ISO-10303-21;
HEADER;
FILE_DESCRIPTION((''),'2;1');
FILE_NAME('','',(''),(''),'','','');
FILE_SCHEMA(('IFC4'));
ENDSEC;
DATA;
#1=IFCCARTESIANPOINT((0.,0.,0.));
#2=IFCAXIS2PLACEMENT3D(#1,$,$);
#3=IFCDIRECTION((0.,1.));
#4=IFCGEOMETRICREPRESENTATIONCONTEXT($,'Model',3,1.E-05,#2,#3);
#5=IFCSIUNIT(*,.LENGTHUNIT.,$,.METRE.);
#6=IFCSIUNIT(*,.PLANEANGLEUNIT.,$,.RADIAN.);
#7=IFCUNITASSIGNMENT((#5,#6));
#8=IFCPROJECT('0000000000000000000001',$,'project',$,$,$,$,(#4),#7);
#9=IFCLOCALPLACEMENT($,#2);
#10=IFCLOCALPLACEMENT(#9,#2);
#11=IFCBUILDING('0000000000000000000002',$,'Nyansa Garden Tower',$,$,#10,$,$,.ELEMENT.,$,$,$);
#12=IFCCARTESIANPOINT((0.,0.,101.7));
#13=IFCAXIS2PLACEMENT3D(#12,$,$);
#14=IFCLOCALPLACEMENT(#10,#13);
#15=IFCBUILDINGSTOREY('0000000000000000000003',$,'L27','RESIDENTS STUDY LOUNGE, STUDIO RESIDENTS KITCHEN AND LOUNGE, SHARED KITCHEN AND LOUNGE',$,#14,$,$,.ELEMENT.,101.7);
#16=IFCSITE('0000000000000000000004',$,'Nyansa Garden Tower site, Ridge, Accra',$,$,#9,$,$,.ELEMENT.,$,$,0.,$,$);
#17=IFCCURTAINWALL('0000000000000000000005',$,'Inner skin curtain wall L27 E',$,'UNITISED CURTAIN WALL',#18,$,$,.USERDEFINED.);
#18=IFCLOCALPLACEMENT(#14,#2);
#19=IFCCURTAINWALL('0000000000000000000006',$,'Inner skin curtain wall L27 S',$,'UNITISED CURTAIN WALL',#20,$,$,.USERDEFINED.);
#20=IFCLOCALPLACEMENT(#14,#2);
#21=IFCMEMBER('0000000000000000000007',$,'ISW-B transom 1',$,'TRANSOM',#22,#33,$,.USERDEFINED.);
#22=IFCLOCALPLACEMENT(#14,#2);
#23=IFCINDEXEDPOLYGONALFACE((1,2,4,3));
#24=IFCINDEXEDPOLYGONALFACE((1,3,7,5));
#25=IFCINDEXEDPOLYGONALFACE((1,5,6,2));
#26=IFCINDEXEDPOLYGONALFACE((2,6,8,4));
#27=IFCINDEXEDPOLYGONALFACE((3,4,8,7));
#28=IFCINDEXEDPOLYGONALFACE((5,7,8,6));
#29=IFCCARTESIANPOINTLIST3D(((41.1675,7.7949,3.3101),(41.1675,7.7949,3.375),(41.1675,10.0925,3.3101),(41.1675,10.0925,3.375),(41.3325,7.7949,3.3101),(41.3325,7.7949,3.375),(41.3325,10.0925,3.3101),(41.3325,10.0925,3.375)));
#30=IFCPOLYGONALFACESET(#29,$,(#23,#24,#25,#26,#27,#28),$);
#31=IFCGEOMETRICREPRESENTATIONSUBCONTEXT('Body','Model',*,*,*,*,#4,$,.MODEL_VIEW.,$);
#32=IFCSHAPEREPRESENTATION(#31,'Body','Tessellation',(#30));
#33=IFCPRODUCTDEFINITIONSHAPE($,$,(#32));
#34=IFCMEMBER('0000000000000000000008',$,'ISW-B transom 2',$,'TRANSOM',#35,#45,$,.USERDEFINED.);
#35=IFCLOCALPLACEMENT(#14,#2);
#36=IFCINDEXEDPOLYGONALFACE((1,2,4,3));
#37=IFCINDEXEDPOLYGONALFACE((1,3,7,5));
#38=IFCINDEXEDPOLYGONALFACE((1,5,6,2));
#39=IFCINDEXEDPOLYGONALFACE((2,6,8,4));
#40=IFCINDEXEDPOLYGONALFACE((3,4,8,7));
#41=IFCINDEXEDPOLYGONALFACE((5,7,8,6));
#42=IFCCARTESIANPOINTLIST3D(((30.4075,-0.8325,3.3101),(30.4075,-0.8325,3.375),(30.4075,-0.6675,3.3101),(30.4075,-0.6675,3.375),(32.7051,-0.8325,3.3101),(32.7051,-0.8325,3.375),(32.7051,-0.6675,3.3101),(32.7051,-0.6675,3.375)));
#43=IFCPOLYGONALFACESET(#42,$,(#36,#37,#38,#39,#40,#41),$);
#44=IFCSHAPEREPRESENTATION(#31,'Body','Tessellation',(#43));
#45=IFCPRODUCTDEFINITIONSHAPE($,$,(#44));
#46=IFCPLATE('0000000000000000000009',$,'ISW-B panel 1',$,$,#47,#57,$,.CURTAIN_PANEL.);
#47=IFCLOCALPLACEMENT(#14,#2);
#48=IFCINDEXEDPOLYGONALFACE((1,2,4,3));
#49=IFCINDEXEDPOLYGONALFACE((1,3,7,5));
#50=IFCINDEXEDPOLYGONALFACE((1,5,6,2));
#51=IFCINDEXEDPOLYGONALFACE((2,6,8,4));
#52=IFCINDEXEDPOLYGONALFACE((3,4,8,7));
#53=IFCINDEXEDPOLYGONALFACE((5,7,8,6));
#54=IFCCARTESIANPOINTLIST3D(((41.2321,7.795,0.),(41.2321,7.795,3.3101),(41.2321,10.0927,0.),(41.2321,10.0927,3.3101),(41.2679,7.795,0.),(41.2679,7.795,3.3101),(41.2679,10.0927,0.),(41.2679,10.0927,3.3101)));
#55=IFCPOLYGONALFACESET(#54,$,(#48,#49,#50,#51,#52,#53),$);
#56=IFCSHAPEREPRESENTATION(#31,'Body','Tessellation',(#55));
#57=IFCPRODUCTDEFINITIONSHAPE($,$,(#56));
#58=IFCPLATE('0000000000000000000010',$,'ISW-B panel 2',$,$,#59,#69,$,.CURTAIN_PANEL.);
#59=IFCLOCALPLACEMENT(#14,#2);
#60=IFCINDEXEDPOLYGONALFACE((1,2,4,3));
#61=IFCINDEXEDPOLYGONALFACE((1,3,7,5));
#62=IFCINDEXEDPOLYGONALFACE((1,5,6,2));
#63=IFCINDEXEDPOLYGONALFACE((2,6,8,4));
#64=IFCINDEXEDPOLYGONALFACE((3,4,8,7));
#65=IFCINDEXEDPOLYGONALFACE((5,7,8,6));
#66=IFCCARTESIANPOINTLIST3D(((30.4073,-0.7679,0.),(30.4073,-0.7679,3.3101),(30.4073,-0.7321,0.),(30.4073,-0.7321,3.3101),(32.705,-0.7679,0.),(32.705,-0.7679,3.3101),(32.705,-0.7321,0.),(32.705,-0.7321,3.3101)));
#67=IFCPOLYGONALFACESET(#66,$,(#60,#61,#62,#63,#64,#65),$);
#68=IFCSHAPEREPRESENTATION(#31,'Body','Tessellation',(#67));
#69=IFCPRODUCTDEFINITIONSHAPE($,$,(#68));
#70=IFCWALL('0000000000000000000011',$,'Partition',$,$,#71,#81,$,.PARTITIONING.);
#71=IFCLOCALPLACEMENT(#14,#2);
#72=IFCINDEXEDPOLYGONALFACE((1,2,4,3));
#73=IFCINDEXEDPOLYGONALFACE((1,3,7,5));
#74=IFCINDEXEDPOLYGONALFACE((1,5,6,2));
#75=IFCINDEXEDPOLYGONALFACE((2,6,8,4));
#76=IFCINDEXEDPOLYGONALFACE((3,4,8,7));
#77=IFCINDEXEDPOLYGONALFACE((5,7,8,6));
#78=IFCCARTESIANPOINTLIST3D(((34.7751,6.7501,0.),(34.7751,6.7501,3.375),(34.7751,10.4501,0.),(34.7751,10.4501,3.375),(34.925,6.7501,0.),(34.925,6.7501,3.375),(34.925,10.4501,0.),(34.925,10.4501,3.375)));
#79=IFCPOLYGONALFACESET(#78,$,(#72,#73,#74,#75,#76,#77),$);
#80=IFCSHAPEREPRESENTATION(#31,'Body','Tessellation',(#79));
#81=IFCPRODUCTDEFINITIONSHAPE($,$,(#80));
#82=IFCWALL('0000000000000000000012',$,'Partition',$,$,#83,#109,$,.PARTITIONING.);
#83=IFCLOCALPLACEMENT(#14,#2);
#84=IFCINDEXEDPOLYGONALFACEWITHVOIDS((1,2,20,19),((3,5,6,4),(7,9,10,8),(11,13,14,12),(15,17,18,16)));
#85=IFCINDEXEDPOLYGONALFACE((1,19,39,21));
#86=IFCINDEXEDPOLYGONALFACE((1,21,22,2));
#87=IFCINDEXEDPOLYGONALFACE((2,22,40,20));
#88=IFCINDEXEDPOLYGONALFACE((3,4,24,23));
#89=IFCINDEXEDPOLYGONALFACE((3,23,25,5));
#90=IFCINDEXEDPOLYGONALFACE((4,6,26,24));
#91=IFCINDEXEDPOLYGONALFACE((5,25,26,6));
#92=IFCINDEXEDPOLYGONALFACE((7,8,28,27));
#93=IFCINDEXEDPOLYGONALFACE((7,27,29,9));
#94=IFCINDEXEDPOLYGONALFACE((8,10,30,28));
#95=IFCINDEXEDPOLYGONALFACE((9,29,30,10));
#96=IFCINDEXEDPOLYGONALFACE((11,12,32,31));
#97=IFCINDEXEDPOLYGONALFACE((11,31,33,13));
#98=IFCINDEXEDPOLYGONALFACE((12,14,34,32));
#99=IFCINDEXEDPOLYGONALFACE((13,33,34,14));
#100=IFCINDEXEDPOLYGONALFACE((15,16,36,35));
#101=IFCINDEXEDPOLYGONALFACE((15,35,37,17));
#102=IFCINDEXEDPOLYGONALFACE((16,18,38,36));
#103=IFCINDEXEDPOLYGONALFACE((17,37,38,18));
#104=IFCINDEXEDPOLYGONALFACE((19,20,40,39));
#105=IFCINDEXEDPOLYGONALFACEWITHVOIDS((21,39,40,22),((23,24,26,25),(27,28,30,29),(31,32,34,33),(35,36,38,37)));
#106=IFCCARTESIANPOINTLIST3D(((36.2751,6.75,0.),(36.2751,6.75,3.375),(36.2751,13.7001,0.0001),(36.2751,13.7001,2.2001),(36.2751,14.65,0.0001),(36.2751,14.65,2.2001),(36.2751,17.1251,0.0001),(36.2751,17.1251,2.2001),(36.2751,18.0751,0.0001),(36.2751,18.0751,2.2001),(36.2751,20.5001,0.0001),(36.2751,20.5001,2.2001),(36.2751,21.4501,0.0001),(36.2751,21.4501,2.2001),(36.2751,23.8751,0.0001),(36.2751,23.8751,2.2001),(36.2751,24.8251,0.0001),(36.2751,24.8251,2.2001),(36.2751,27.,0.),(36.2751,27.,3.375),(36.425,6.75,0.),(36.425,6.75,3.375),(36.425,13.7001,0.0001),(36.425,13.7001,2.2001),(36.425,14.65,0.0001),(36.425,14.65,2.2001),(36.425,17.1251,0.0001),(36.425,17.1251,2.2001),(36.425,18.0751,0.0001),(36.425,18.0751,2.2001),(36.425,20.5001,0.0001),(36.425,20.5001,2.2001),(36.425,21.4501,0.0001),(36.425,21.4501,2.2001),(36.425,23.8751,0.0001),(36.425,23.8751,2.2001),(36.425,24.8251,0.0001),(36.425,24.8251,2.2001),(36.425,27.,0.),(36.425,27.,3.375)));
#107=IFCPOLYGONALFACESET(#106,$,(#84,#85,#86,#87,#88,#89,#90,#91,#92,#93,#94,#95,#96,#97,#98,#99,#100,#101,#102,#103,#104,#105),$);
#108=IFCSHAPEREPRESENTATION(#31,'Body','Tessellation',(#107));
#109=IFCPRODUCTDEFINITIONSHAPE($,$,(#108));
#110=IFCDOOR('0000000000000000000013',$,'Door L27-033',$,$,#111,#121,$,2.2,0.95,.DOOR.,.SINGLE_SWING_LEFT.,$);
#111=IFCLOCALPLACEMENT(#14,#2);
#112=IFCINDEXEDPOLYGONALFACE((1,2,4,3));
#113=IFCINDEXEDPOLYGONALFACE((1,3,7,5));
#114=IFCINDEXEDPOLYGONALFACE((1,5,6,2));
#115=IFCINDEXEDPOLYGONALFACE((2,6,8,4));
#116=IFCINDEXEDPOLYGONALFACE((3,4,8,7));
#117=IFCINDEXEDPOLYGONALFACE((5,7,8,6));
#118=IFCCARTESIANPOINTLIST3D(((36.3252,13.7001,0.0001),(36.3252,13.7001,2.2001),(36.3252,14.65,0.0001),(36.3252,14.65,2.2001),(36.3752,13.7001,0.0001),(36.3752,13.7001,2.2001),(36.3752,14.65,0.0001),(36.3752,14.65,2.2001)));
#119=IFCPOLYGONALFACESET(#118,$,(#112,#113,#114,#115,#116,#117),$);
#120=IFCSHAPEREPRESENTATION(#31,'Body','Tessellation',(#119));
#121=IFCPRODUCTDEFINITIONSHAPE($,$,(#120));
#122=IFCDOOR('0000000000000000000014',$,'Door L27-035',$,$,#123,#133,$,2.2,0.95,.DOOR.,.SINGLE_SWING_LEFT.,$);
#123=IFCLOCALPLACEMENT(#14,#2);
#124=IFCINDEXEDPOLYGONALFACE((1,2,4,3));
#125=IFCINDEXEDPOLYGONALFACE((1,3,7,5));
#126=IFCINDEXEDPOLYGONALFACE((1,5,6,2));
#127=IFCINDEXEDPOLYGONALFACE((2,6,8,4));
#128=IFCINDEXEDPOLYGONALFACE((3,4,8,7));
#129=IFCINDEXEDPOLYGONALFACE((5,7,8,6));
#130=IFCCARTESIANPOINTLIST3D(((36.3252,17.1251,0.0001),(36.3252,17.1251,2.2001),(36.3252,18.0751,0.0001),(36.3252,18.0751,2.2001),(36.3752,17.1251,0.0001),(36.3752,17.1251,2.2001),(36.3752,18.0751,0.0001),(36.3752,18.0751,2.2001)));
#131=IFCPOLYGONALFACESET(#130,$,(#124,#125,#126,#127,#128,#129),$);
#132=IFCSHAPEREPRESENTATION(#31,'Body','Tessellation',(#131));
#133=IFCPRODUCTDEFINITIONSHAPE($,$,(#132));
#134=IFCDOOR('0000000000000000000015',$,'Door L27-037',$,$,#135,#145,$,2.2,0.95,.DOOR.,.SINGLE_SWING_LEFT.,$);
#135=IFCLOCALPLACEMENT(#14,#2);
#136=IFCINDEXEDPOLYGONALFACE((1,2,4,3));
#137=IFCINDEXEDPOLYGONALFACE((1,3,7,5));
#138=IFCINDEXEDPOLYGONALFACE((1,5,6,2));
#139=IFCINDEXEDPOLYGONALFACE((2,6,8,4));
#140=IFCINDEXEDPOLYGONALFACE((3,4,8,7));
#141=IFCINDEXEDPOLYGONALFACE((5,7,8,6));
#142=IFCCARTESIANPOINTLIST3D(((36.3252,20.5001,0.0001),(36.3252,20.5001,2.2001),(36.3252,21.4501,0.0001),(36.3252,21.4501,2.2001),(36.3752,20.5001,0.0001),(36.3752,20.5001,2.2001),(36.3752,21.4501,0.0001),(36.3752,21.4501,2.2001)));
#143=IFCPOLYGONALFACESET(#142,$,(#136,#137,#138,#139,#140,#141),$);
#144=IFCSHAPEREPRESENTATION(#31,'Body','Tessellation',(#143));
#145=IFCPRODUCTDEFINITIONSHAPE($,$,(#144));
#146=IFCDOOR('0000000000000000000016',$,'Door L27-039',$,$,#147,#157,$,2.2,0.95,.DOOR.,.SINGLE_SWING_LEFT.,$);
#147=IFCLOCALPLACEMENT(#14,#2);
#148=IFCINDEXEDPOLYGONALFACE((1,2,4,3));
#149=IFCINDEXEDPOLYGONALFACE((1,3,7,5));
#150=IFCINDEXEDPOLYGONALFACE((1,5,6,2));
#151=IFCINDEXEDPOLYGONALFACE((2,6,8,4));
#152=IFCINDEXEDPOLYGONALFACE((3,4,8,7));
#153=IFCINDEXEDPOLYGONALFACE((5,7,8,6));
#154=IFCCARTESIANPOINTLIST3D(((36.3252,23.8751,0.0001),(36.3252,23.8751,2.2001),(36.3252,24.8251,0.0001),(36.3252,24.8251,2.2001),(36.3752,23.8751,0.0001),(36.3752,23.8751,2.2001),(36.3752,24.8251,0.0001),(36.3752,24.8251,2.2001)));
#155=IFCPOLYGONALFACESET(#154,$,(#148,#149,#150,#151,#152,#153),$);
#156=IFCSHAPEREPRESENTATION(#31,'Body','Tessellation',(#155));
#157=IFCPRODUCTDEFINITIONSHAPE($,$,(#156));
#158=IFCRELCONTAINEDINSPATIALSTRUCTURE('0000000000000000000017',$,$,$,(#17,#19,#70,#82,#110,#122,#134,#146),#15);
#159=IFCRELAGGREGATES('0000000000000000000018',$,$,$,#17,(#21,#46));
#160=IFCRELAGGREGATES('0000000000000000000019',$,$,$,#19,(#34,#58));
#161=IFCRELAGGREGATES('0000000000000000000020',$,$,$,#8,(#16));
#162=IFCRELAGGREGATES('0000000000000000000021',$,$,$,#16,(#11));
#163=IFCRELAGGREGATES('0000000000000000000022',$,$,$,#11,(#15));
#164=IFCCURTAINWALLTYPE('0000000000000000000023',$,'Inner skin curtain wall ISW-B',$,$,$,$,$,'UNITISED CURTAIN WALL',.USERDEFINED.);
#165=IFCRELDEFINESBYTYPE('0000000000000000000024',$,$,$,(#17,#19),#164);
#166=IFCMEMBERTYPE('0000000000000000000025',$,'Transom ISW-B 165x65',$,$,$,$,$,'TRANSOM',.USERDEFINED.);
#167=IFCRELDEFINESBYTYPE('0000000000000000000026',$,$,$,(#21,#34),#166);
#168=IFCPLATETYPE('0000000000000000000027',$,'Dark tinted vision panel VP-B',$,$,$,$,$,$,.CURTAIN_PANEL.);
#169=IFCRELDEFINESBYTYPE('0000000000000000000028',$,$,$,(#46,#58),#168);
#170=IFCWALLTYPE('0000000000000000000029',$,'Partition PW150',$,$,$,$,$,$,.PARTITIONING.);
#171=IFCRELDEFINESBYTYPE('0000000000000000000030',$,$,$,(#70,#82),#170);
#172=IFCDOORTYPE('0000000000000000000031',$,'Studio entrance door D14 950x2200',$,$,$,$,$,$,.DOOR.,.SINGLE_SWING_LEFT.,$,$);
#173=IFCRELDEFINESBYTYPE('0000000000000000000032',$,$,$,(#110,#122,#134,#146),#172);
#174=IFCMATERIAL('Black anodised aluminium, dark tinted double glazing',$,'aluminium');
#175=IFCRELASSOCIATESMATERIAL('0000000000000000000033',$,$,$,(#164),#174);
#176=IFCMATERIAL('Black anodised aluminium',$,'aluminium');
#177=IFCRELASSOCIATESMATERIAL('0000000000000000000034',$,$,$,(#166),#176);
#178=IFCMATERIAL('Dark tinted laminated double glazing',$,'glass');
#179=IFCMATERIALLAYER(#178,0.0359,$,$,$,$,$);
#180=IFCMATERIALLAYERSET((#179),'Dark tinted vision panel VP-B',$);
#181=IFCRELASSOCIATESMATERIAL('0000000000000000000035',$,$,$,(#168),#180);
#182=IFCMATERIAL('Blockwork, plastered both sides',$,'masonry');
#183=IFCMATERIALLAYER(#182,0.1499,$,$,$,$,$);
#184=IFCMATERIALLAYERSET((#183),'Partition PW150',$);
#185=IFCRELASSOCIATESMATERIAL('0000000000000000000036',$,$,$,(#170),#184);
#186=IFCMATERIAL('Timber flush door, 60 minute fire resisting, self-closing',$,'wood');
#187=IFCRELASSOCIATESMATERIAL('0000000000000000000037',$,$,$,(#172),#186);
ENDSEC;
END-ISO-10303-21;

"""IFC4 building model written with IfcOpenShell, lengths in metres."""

from ifc_helpers import new_model, si_unit, direction, frame, frame_2d, origin, origin_2d, place, context, subcontext, project, spatial, rectangle, extrude, material, layer, layer_set, material_profile, profile_set, type_object, element, fill, aggregate, save


model = new_model("IFC4")

# Units and contexts
model_context = context("Model", 3, precision=1e-05, world=origin(), true_north=direction((0.0, 1.0)))
body_context = subcontext(model_context, "Body", "Model", "MODEL_VIEW")
ifc_project = project(units=[si_unit("LENGTHUNIT", "METRE"), si_unit("PLANEANGLEUNIT", "RADIAN")], contexts=[model_context])

# Site, building, storey
site_placement = place(None, origin())
site = spatial("IfcSite", under=ifc_project, at=site_placement, Name="Nyansa Garden Tower site, Ridge, Accra", CompositionType="ELEMENT", RefElevation=0.0)
building_placement = place(site_placement, origin())
building = spatial("IfcBuilding", under=site, at=building_placement, Name="Nyansa Garden Tower", CompositionType="ELEMENT")
storey_placement = place(building_placement, frame((0.0, 0.0, 101.7)))
storey = spatial("IfcBuildingStorey", under=building, at=storey_placement, Name="L27", Description="RESIDENTS STUDY LOUNGE, STUDIO RESIDENTS KITCHEN AND LOUNGE, SHARED KITCHEN AND LOUNGE", CompositionType="ELEMENT", Elevation=101.7)

# Curtain walls
ifc_material_1 = material(Name="Black anodised aluminium, dark tinted double glazing", Category="aluminium")
curtain_wall_type = type_object("IfcCurtainWallType", Name="Inner skin curtain wall ISW-B", ElementType="UNITISED CURTAIN WALL", PredefinedType="USERDEFINED", material=ifc_material_1)
curtain_wall_1_placement = place(storey_placement, origin())
curtain_wall_1 = element("IfcCurtainWall", 1, at=curtain_wall_1_placement, inside=storey, type_object=curtain_wall_type, Name="Inner skin curtain wall L27 E", ObjectType="UNITISED CURTAIN WALL", PredefinedType="USERDEFINED")
curtain_wall_2_placement = place(storey_placement, origin())
curtain_wall_2 = element("IfcCurtainWall", 2, at=curtain_wall_2_placement, inside=storey, type_object=curtain_wall_type, Name="Inner skin curtain wall L27 S", ObjectType="UNITISED CURTAIN WALL", PredefinedType="USERDEFINED")

# Members
ifc_material_2 = material(Name="Black anodised aluminium", Category="aluminium")
ifc_material_profile_1 = material_profile(ifc_material_2, rectangle(XDim=0.165, YDim=0.0649, at=origin_2d()), Name="Transom 165x65")
ifc_profile_set_1 = profile_set([ifc_material_profile_1], Name="Black anodised aluminium")
member_type_1 = type_object("IfcMemberType", Name="Transom ISW-B 165x65", ElementType="TRANSOM", PredefinedType="USERDEFINED", material=ifc_profile_set_1)
member_1_placement = place(storey_placement, frame((41.25, 7.7949, 3.3425), z_axis=(0.0, 1.0, 0.0), x_axis=(-1.0, 0.0, 0.0)))
member_1 = element("IfcMember", 3, at=member_1_placement, type_object=member_type_1, Name="ISW-B transom 1", ObjectType="TRANSOM", PredefinedType="USERDEFINED", context=body_context, shape_type="SweptSolid", body=[
    extrude(rectangle(XDim=0.165, YDim=0.0649, at=origin_2d()), origin(), (0.0, 0.0, 1.0), 2.2976),
])
member_2_placement = place(storey_placement, frame((30.4075, -0.75, 3.3425), z_axis=(1.0, 0.0, 0.0), x_axis=(0.0, 1.0, 0.0)))
member_2 = element("IfcMember", 4, at=member_2_placement, type_object=member_type_1, Name="ISW-B transom 2", ObjectType="TRANSOM", PredefinedType="USERDEFINED", context=body_context, shape_type="SweptSolid", body=[
    extrude(rectangle(XDim=0.165, YDim=0.0649, at=origin_2d()), origin(), (0.0, 0.0, 1.0), 2.2976),
])

# Plates
ifc_material_3 = material(Name="Dark tinted laminated double glazing", Category="glass")
ifc_layer_1 = layer(ifc_material_3, 0.0359)
ifc_layer_set_1 = layer_set([ifc_layer_1], Name="Dark tinted vision panel VP-B")
plate_type = type_object("IfcPlateType", Name="Dark tinted vision panel VP-B", PredefinedType="CURTAIN_PANEL", material=ifc_layer_set_1)
plate_1_placement = place(storey_placement, frame((41.25, 8.9438, 0.0), z_axis=(0.0, 0.0, 1.0), x_axis=(0.0, 1.0, 0.0)))
plate_1 = element("IfcPlate", 5, at=plate_1_placement, type_object=plate_type, Name="ISW-B panel 1", PredefinedType="CURTAIN_PANEL", context=body_context, shape_type="SweptSolid", body=[
    extrude(rectangle(XDim=2.2976, YDim=0.0359, at=origin_2d()), origin(), (0.0, 0.0, 1.0), 3.3101),
])
aggregate(curtain_wall_1, [member_1, plate_1])
plate_2_placement = place(storey_placement, frame((31.5562, -0.75, 0.0), z_axis=(0.0, 0.0, 1.0), x_axis=(1.0, 0.0, 0.0)))
plate_2 = element("IfcPlate", 6, at=plate_2_placement, type_object=plate_type, Name="ISW-B panel 2", PredefinedType="CURTAIN_PANEL", context=body_context, shape_type="SweptSolid", body=[
    extrude(rectangle(XDim=2.2976, YDim=0.0359, at=origin_2d()), origin(), (0.0, 0.0, 1.0), 3.3101),
])
aggregate(curtain_wall_2, [member_2, plate_2])

# Wall
ifc_material_4 = material(Name="Blockwork, plastered both sides", Category="masonry")
ifc_layer_2 = layer(ifc_material_4, 0.1499)
ifc_layer_set_2 = layer_set([ifc_layer_2], Name="Partition PW150")
wall_type_1 = type_object("IfcWallType", Name="Partition PW150", PredefinedType="PARTITIONING", material=ifc_layer_set_2)
wall_1_placement = place(storey_placement, frame((34.8501, 6.75, 0.0), z_axis=(0.0, 0.0, 1.0), x_axis=(0.0, 1.0, 0.0)))
element("IfcWall", 7, at=wall_1_placement, inside=storey, type_object=wall_type_1, Name="Partition", PredefinedType="PARTITIONING", context=body_context, shape_type="SweptSolid", body=[
    extrude(rectangle(XDim=3.7, YDim=0.1499, at=frame_2d((1.8501, 0.0))), origin(), (0.0, 0.0, 1.0), 3.375),
])

# Wall, openings, doors
wall_2_placement = place(storey_placement, frame((36.3501, 6.75, 0.0), z_axis=(0.0, 0.0, 1.0), x_axis=(0.0, 1.0, 0.0)))
wall_2 = element("IfcWall", 8, at=wall_2_placement, inside=storey, type_object=wall_type_1, Name="Partition", PredefinedType="PARTITIONING", context=body_context, shape_type="SweptSolid", body=[
    extrude(rectangle(XDim=20.25, YDim=0.1499, at=frame_2d((10.125, 0.0))), origin(), (0.0, 0.0, 1.0), 3.375),
])
opening_1_placement = place(wall_2_placement, frame((6.95, 0.0, 0.0)))
opening_1 = element("IfcOpeningElement", 9, at=opening_1_placement, cuts=wall_2, PredefinedType="OPENING", context=body_context, shape_type="SweptSolid", body=[
    extrude(rectangle(XDim=0.95, YDim=2.2, at=frame_2d((0.4751, 1.1001))), frame((0.0, 0.085, 0.0), z_axis=(0.0, -1.0, 0.0), x_axis=(1.0, 0.0, 0.0)), (0.0, 0.0, 1.0), 0.1699),
])
opening_2_placement = place(wall_2_placement, frame((10.375, 0.0, 0.0)))
opening_2 = element("IfcOpeningElement", 10, at=opening_2_placement, cuts=wall_2, PredefinedType="OPENING", context=body_context, shape_type="SweptSolid", body=[
    extrude(rectangle(XDim=0.95, YDim=2.2, at=frame_2d((0.4751, 1.1001))), frame((0.0, 0.085, 0.0), z_axis=(0.0, -1.0, 0.0), x_axis=(1.0, 0.0, 0.0)), (0.0, 0.0, 1.0), 0.1699),
])
opening_3_placement = place(wall_2_placement, frame((13.75, 0.0, 0.0)))
opening_3 = element("IfcOpeningElement", 11, at=opening_3_placement, cuts=wall_2, PredefinedType="OPENING", context=body_context, shape_type="SweptSolid", body=[
    extrude(rectangle(XDim=0.95, YDim=2.2, at=frame_2d((0.4751, 1.1001))), frame((0.0, 0.085, 0.0), z_axis=(0.0, -1.0, 0.0), x_axis=(1.0, 0.0, 0.0)), (0.0, 0.0, 1.0), 0.1699),
])
opening_4_placement = place(wall_2_placement, frame((17.125, 0.0, 0.0)))
opening_4 = element("IfcOpeningElement", 12, at=opening_4_placement, cuts=wall_2, PredefinedType="OPENING", context=body_context, shape_type="SweptSolid", body=[
    extrude(rectangle(XDim=0.95, YDim=2.2, at=frame_2d((0.4751, 1.1001))), frame((0.0, 0.085, 0.0), z_axis=(0.0, -1.0, 0.0), x_axis=(1.0, 0.0, 0.0)), (0.0, 0.0, 1.0), 0.1699),
])
ifc_material_5 = material(Name="Timber flush door, 60 minute fire resisting, self-closing", Category="wood")
door_type = type_object("IfcDoorType", Name="Studio entrance door D14 950x2200", OperationType="SINGLE_SWING_LEFT", PredefinedType="DOOR", material=ifc_material_5)
door_1_placement = place(opening_1_placement, origin())
door_1 = element("IfcDoor", 13, at=door_1_placement, inside=storey, type_object=door_type, Name="Door L27-033", OperationType="SINGLE_SWING_LEFT", OverallHeight=2.2, OverallWidth=0.95, PredefinedType="DOOR", context=body_context, shape_type="SweptSolid", body=[
    extrude(rectangle(XDim=0.95, YDim=2.2, at=frame_2d((0.4751, 1.1001))), frame((0.0, 0.0249, 0.0), z_axis=(0.0, -1.0, 0.0), x_axis=(1.0, 0.0, 0.0)), (0.0, 0.0, 1.0), 0.05),
])
fill(opening_1, door_1)
door_2_placement = place(opening_2_placement, origin())
door_2 = element("IfcDoor", 14, at=door_2_placement, inside=storey, type_object=door_type, Name="Door L27-035", OperationType="SINGLE_SWING_LEFT", OverallHeight=2.2, OverallWidth=0.95, PredefinedType="DOOR", context=body_context, shape_type="SweptSolid", body=[
    extrude(rectangle(XDim=0.95, YDim=2.2, at=frame_2d((0.4751, 1.1001))), frame((0.0, 0.0249, 0.0), z_axis=(0.0, -1.0, 0.0), x_axis=(1.0, 0.0, 0.0)), (0.0, 0.0, 1.0), 0.05),
])
fill(opening_2, door_2)
door_3_placement = place(opening_3_placement, origin())
door_3 = element("IfcDoor", 15, at=door_3_placement, inside=storey, type_object=door_type, Name="Door L27-037", OperationType="SINGLE_SWING_LEFT", OverallHeight=2.2, OverallWidth=0.95, PredefinedType="DOOR", context=body_context, shape_type="SweptSolid", body=[
    extrude(rectangle(XDim=0.95, YDim=2.2, at=frame_2d((0.4751, 1.1001))), frame((0.0, 0.0249, 0.0), z_axis=(0.0, -1.0, 0.0), x_axis=(1.0, 0.0, 0.0)), (0.0, 0.0, 1.0), 0.05),
])
fill(opening_3, door_3)
door_4_placement = place(opening_4_placement, origin())
door_4 = element("IfcDoor", 16, at=door_4_placement, inside=storey, type_object=door_type, Name="Door L27-039", OperationType="SINGLE_SWING_LEFT", OverallHeight=2.2, OverallWidth=0.95, PredefinedType="DOOR", context=body_context, shape_type="SweptSolid", body=[
    extrude(rectangle(XDim=0.95, YDim=2.2, at=frame_2d((0.4751, 1.1001))), frame((0.0, 0.0249, 0.0), z_axis=(0.0, -1.0, 0.0), x_axis=(1.0, 0.0, 0.0)), (0.0, 0.0, 1.0), 0.05),
])
fill(opening_4, door_4)

save(model, "model.ifc")
